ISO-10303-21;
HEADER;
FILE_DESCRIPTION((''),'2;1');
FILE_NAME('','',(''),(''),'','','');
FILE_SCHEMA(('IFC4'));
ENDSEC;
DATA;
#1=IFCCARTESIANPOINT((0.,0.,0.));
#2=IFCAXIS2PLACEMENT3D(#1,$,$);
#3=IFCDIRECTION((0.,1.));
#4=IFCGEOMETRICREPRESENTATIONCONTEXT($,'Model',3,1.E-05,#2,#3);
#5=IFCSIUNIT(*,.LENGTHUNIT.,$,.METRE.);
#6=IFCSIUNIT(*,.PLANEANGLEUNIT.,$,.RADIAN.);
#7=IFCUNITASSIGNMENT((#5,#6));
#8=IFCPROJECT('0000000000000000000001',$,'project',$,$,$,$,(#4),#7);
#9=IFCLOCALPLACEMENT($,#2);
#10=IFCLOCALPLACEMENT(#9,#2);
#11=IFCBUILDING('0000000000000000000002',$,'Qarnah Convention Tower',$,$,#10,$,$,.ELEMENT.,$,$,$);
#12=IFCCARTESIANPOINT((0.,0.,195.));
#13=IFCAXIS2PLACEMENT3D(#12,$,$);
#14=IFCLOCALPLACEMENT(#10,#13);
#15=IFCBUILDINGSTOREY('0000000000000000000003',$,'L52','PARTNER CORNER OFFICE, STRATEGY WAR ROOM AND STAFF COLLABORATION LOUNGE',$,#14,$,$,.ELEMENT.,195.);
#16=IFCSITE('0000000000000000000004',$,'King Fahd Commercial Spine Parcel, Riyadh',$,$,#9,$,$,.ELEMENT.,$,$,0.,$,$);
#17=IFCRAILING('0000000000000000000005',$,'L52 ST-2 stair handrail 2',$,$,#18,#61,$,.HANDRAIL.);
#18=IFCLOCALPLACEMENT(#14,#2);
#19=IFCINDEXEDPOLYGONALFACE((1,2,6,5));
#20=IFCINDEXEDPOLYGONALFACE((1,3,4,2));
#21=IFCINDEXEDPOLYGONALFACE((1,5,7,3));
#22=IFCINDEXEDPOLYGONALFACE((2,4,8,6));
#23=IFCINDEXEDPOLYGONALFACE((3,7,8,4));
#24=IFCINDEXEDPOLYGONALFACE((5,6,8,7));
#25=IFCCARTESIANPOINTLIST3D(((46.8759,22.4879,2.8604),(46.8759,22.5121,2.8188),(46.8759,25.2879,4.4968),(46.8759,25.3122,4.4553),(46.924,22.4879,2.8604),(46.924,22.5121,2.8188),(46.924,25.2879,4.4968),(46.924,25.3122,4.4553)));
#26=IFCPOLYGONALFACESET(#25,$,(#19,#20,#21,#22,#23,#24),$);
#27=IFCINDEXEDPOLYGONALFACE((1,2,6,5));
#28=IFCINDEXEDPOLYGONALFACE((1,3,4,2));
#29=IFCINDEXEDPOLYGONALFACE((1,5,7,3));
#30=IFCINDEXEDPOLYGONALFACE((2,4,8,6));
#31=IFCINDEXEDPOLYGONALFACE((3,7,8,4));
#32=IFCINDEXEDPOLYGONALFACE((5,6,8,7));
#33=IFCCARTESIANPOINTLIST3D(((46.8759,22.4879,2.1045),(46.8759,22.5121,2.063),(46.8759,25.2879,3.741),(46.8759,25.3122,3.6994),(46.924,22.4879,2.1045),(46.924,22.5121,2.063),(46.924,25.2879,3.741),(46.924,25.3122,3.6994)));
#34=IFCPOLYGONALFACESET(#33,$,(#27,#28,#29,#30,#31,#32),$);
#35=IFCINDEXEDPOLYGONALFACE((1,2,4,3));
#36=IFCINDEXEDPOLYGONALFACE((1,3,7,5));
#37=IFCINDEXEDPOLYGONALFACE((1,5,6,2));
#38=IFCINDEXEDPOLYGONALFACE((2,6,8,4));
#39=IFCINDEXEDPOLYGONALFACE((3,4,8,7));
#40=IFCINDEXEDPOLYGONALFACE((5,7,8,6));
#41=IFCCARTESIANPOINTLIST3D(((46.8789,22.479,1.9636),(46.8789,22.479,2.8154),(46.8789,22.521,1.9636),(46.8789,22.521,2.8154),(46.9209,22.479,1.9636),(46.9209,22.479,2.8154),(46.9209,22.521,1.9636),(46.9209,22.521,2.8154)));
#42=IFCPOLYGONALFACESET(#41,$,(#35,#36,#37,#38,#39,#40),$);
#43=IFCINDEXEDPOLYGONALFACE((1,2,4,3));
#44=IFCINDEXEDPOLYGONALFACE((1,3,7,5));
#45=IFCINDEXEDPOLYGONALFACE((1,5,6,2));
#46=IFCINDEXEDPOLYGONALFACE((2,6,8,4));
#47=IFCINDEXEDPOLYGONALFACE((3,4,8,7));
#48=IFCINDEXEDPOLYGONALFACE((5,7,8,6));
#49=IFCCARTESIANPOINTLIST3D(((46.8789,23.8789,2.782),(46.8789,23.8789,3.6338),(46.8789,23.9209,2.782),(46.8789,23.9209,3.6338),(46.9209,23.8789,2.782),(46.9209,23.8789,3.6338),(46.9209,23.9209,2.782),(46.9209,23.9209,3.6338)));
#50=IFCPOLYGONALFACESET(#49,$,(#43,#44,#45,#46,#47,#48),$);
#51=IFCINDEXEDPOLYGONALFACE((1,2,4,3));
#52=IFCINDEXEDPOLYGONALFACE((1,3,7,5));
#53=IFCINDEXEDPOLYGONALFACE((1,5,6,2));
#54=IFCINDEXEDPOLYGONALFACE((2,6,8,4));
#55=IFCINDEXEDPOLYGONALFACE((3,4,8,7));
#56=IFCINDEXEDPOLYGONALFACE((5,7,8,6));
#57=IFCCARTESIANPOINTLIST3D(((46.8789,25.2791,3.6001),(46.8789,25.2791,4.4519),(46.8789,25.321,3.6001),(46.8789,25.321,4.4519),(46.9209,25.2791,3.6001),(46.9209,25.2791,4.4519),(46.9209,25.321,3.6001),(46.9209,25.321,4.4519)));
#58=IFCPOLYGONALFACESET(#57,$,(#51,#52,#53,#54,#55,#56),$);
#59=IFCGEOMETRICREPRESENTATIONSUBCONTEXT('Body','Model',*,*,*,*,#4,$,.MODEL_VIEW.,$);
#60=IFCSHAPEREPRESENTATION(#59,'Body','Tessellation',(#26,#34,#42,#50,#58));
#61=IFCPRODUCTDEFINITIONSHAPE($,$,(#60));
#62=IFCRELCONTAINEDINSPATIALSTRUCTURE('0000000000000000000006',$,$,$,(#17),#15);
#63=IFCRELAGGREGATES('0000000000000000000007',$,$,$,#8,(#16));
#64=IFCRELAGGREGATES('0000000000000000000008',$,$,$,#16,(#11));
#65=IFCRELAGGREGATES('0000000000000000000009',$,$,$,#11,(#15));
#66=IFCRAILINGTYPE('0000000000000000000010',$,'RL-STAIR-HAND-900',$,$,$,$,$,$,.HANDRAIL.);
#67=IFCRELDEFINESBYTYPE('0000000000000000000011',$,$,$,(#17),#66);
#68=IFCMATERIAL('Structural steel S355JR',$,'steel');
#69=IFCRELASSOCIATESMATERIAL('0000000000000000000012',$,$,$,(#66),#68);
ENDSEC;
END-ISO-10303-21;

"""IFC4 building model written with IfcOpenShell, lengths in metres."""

from ifc_helpers import new_model, si_unit, direction, frame, origin, origin_2d, place, context, subcontext, project, spatial, rectangle, extrude, material, type_object, element, save


model = new_model("IFC4")

# Units and contexts
model_context = context("Model", 3, precision=1e-05, world=origin(), true_north=direction((0.0, 1.0)))
body_context = subcontext(model_context, "Body", "Model", "MODEL_VIEW")
ifc_project = project(units=[si_unit("LENGTHUNIT", "METRE"), si_unit("PLANEANGLEUNIT", "RADIAN")], contexts=[model_context])

# Site, building, storey
site_placement = place(None, origin())
site = spatial("IfcSite", under=ifc_project, at=site_placement, Name="King Fahd Commercial Spine Parcel, Riyadh", CompositionType="ELEMENT", RefElevation=0.0)
building_placement = place(site_placement, origin())
building = spatial("IfcBuilding", under=site, at=building_placement, Name="Qarnah Convention Tower", CompositionType="ELEMENT")
storey_placement = place(building_placement, frame((0.0, 0.0, 195.0)))
storey = spatial("IfcBuildingStorey", under=building, at=storey_placement, Name="L52", Description="PARTNER CORNER OFFICE, STRATEGY WAR ROOM AND STAFF COLLABORATION LOUNGE", CompositionType="ELEMENT", Elevation=195.0)

# Shared definitions
ifc_material_1 = material(Name="Structural steel S355JR", Category="steel")

# Railing
railing_type_1 = type_object("IfcRailingType", Name="RL-STAIR-HAND-900", PredefinedType="HANDRAIL", material=ifc_material_1)
railing_1_placement = place(storey_placement, frame((46.8999, 22.5, 1.9636)))
element("IfcRailing", 1, at=railing_1_placement, inside=storey, type_object=railing_type_1, Name="L52 ST-2 stair handrail 2", PredefinedType="HANDRAIL", context=body_context, shape_type="SweptSolid", body=[
    extrude(rectangle(XDim=0.0481, YDim=0.0481, at=origin_2d()), frame((0.0, 0.0, 0.876), z_axis=(0.0, 0.863361, 0.504587), x_axis=(-1.0, 0.0, 0.0)), (0.0, 0.0, 1.0), 3.2432),
    extrude(rectangle(XDim=0.0481, YDim=0.0481, at=origin_2d()), frame((0.0, 0.0, 0.1201), z_axis=(0.0, 0.863361, 0.504587), x_axis=(-1.0, 0.0, 0.0)), (0.0, 0.0, 1.0), 3.2432),
    extrude(rectangle(XDim=0.042, YDim=0.042, at=origin_2d()), origin(), (0.0, 0.0, 1.0), 0.8518),
    extrude(rectangle(XDim=0.042, YDim=0.042, at=origin_2d()), frame((0.0, 1.3999, 0.8184)), (0.0, 0.0, 1.0), 0.8518),
    extrude(rectangle(XDim=0.042, YDim=0.042, at=origin_2d()), frame((0.0, 2.8, 1.6365)), (0.0, 0.0, 1.0), 0.8518),
])

save(model, "model.ifc")
